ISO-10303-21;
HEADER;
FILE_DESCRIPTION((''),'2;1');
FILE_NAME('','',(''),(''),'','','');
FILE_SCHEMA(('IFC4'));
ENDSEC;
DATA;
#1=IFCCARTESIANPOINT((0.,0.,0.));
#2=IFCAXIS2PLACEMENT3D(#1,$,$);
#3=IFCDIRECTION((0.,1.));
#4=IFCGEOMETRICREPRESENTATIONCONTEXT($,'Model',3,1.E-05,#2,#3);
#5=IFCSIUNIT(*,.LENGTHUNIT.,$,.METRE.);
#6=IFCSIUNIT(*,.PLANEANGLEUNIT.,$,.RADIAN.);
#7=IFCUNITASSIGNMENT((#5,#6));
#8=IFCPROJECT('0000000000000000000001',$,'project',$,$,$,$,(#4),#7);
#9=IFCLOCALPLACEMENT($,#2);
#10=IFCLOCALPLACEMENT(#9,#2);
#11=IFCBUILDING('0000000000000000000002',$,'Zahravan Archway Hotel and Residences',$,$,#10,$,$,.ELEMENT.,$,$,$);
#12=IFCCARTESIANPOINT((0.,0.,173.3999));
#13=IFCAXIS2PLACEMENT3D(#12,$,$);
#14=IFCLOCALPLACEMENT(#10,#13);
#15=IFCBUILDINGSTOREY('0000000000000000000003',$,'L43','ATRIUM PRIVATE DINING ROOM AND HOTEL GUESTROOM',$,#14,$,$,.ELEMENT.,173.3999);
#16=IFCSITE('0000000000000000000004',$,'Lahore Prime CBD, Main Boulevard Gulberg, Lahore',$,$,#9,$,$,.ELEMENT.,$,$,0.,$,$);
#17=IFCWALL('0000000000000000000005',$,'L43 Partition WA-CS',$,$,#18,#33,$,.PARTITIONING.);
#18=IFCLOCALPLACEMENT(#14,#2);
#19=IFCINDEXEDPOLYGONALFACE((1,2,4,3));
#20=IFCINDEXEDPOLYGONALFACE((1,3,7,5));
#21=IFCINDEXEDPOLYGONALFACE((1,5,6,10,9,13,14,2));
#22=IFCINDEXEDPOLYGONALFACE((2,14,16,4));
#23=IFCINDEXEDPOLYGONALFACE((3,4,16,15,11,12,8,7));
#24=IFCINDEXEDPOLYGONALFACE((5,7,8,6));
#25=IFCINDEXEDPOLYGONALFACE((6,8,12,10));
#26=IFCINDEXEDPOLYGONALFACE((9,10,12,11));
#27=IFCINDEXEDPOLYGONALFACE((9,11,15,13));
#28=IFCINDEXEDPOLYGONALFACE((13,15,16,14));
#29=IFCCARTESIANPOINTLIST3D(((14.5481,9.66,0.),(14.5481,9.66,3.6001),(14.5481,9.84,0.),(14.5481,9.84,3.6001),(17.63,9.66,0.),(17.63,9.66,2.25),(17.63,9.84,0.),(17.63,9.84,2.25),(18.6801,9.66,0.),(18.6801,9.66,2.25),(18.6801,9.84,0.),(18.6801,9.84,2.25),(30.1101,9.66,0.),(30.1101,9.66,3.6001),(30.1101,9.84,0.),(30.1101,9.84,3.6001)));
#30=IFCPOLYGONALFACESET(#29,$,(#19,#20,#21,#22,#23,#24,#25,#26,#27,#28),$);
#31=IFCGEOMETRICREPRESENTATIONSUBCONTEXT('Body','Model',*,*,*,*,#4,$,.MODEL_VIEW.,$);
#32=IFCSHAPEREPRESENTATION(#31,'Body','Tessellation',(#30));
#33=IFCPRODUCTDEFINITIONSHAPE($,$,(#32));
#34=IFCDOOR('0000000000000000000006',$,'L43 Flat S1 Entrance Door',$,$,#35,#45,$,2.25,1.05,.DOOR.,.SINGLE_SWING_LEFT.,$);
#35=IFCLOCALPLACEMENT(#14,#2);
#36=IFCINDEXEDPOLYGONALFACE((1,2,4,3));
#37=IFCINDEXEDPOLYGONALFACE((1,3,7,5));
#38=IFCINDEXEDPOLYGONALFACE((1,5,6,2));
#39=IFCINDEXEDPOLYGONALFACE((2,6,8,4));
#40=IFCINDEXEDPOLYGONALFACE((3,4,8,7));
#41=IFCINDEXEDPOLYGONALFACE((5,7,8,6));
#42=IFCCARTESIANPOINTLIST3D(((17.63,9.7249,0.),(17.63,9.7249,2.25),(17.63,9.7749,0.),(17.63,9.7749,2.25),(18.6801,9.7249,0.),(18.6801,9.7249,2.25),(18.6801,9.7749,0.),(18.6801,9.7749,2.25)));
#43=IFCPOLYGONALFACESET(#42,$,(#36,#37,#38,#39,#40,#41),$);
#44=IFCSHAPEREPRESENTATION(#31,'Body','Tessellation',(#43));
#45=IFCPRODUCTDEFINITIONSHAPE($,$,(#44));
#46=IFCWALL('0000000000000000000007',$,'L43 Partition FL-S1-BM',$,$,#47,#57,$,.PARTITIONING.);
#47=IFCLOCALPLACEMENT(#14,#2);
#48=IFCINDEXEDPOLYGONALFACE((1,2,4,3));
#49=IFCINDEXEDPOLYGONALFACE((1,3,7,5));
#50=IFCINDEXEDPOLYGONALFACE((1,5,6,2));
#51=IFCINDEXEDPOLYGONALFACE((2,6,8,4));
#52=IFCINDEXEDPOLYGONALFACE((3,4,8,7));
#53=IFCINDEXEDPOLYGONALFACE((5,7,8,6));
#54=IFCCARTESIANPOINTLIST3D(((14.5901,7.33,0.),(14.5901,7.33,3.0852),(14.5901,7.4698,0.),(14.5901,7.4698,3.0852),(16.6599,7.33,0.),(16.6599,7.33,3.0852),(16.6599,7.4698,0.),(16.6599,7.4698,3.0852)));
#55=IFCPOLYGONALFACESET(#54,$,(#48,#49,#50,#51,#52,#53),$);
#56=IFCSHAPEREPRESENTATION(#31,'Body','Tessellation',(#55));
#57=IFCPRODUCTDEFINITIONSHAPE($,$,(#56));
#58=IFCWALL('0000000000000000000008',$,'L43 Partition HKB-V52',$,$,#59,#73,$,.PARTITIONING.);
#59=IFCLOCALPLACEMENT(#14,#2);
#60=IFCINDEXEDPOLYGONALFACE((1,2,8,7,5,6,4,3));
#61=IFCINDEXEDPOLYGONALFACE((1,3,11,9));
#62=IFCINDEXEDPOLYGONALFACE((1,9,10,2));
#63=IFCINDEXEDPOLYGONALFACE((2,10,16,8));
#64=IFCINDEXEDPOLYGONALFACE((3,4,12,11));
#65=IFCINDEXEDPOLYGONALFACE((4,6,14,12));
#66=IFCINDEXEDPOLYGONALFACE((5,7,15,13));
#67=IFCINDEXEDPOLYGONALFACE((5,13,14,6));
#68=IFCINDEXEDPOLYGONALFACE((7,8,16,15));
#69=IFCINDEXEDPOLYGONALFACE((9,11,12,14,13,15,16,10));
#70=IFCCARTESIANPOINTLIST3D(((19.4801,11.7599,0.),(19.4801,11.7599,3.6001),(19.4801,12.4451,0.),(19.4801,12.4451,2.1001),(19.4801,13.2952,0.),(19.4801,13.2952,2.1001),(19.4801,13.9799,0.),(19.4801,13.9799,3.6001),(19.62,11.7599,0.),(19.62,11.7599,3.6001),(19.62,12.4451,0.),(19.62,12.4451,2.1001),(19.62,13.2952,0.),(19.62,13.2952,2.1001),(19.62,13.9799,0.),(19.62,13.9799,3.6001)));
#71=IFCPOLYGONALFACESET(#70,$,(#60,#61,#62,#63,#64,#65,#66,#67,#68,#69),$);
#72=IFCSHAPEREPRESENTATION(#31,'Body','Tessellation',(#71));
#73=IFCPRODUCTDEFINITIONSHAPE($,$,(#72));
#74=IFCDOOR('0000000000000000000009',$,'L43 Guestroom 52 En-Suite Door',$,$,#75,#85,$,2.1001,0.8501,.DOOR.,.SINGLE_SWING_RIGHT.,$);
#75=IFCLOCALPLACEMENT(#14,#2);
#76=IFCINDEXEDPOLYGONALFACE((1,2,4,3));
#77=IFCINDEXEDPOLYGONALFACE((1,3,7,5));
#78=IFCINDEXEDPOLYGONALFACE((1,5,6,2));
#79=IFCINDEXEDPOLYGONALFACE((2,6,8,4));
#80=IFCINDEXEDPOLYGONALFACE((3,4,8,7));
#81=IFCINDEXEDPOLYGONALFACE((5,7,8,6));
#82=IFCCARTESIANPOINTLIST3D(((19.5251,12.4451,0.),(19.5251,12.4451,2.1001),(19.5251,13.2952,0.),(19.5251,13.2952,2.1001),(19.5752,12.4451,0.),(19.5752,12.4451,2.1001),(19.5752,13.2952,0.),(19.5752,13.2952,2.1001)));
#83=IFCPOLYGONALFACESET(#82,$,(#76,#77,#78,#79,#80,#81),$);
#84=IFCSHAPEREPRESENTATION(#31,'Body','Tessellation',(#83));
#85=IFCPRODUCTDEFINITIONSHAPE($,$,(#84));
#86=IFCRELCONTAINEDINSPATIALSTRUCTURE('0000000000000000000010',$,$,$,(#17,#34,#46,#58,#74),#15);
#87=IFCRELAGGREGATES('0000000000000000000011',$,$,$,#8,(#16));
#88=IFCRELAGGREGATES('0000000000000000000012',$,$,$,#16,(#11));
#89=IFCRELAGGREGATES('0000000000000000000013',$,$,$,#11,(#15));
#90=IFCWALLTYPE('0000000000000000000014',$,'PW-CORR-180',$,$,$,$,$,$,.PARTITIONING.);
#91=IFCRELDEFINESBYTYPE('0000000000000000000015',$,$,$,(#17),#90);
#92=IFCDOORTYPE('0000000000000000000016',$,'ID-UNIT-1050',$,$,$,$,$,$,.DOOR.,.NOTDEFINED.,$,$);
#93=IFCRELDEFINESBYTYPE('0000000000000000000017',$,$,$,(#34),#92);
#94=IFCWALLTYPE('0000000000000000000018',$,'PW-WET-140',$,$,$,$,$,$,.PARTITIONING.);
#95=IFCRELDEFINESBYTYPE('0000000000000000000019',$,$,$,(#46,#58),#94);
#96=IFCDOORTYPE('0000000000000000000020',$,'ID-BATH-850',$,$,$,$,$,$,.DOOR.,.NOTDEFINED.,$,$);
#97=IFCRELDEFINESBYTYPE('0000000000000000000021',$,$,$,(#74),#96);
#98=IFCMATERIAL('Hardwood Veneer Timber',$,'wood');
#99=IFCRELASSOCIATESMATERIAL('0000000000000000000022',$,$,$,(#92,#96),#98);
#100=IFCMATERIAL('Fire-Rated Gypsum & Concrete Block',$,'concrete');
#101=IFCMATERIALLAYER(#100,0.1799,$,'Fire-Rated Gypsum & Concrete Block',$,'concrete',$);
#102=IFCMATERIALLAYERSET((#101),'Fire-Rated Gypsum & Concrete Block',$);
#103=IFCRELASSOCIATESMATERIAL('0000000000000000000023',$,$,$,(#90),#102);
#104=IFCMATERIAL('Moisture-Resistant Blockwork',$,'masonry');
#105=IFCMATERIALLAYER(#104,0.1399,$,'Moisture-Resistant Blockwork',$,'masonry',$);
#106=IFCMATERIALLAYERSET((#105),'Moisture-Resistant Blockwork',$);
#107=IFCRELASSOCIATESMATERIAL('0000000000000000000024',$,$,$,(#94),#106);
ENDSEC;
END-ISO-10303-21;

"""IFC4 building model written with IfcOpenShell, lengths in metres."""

from ifc_helpers import new_model, si_unit, direction, frame, frame_2d, origin, place, context, subcontext, project, spatial, rectangle, extrude, source, transform, mapped, material, layer, layer_set, type_object, type_shapes, element, fill, save


model = new_model("IFC4")

# Units and contexts
model_context = context("Model", 3, precision=1e-05, world=origin(), true_north=direction((0.0, 1.0)))
body_context = subcontext(model_context, "Body", "Model", "MODEL_VIEW")
ifc_project = project(units=[si_unit("LENGTHUNIT", "METRE"), si_unit("PLANEANGLEUNIT", "RADIAN")], contexts=[model_context])

# Site, building, storey
site_placement = place(None, origin())
site = spatial("IfcSite", under=ifc_project, at=site_placement, Name="Lahore Prime CBD, Main Boulevard Gulberg, Lahore", CompositionType="ELEMENT", RefElevation=0.0)
building_placement = place(site_placement, origin())
building = spatial("IfcBuilding", under=site, at=building_placement, Name="Zahravan Archway Hotel and Residences", CompositionType="ELEMENT")
storey_placement = place(building_placement, frame((0.0, 0.0, 173.3999)))
storey = spatial("IfcBuildingStorey", under=building, at=storey_placement, Name="L43", Description="ATRIUM PRIVATE DINING ROOM AND HOTEL GUESTROOM", CompositionType="ELEMENT", Elevation=173.3999)

# Shared definitions
ifc_material_1 = material(Name="Fire-Rated Gypsum & Concrete Block", Category="concrete")
ifc_material_2 = material(Name="Hardwood Veneer Timber", Category="wood")
door_type_1 = type_object("IfcDoorType", Name="ID-UNIT-1050", OperationType="NOTDEFINED", PredefinedType="DOOR", material=ifc_material_2)
shared_shape_1 = source(origin(), body_context, "Body", "SweptSolid", [
    extrude(rectangle(XDim=1.05, YDim=2.25, at=frame_2d((0.5249, 1.125))), frame((0.0, 0.0249, 0.0), z_axis=(0.0, -1.0, 0.0), x_axis=(1.0, 0.0, 0.0)), (0.0, 0.0, 1.0), 0.05),
])
type_shapes(door_type_1, [shared_shape_1])

# Wall, opening, door
ifc_layer_1 = layer(ifc_material_1, 0.1799, Name="Fire-Rated Gypsum & Concrete Block", Category="concrete")
ifc_layer_set_1 = layer_set([ifc_layer_1], Name="Fire-Rated Gypsum & Concrete Block")
wall_type_1 = type_object("IfcWallType", Name="PW-CORR-180", PredefinedType="PARTITIONING", material=ifc_layer_set_1)
wall_1_placement = place(storey_placement, frame((14.5481, 9.75, 0.0), z_axis=(0.0, 0.0, 1.0), x_axis=(1.0, 0.0, 0.0)))
wall_1 = element("IfcWall", 1, at=wall_1_placement, inside=storey, type_object=wall_type_1, Name="L43 Partition WA-CS", PredefinedType="PARTITIONING", context=body_context, shape_type="SweptSolid", body=[
    extrude(rectangle(XDim=15.562, YDim=0.1799, at=frame_2d((7.781, 0.0))), origin(), (0.0, 0.0, 1.0), 3.6001),
])
opening_1_placement = place(wall_1_placement, frame((3.082, 0.0, 0.0)))
opening_1 = element("IfcOpeningElement", 2, at=opening_1_placement, cuts=wall_1, PredefinedType="OPENING", context=body_context, shape_type="SweptSolid", body=[
    extrude(rectangle(XDim=1.05, YDim=2.25, at=frame_2d((0.5249, 1.125))), frame((0.0, 0.1001, 0.0), z_axis=(0.0, -1.0, 0.0), x_axis=(1.0, 0.0, 0.0)), (0.0, 0.0, 1.0), 0.2),
])
door_1_placement = place(opening_1_placement, origin())
door_1 = element("IfcDoor", 3, at=door_1_placement, inside=storey, type_object=door_type_1, Name="L43 Flat S1 Entrance Door", OperationType="SINGLE_SWING_LEFT", OverallHeight=2.25, OverallWidth=1.05, PredefinedType="DOOR", context=body_context, shape_type="MappedRepresentation", body=[
    mapped(shared_shape_1, transform((0.0, 0.0, 0.0), scale=1.0)),
])
fill(opening_1, door_1)

# Wall
ifc_material_3 = material(Name="Moisture-Resistant Blockwork", Category="masonry")
ifc_layer_2 = layer(ifc_material_3, 0.1399, Name="Moisture-Resistant Blockwork", Category="masonry")
ifc_layer_set_2 = layer_set([ifc_layer_2], Name="Moisture-Resistant Blockwork")
wall_type_2 = type_object("IfcWallType", Name="PW-WET-140", PredefinedType="PARTITIONING", material=ifc_layer_set_2)
wall_2_placement = place(storey_placement, frame((14.5901, 7.3999, 0.0), z_axis=(0.0, 0.0, 1.0), x_axis=(1.0, 0.0, 0.0)))
element("IfcWall", 4, at=wall_2_placement, inside=storey, type_object=wall_type_2, Name="L43 Partition FL-S1-BM", PredefinedType="PARTITIONING", context=body_context, shape_type="SweptSolid", body=[
    extrude(rectangle(XDim=2.0698, YDim=0.1399, at=frame_2d((1.0349, 0.0))), origin(), (0.0, 0.0, 1.0), 3.0852),
])

# Wall, opening, door
wall_3_placement = place(storey_placement, frame((19.55, 11.76, 0.0), z_axis=(0.0, 0.0, 1.0), x_axis=(0.0, 1.0, 0.0)))
wall_3 = element("IfcWall", 5, at=wall_3_placement, inside=storey, type_object=wall_type_2, Name="L43 Partition HKB-V52", PredefinedType="PARTITIONING", context=body_context, shape_type="SweptSolid", body=[
    extrude(rectangle(XDim=2.22, YDim=0.1399, at=frame_2d((1.1099, 0.0))), origin(), (0.0, 0.0, 1.0), 3.6001),
])
opening_2_placement = place(wall_3_placement, frame((0.6851, 0.0, 0.0)))
opening_2 = element("IfcOpeningElement", 6, at=opening_2_placement, cuts=wall_3, PredefinedType="OPENING", context=body_context, shape_type="SweptSolid", body=[
    extrude(rectangle(XDim=0.8501, YDim=2.1001, at=frame_2d((0.425, 1.05))), frame((0.0, 0.0801, 0.0), z_axis=(0.0, -1.0, 0.0), x_axis=(1.0, 0.0, 0.0)), (0.0, 0.0, 1.0), 0.1599),
])
door_type_2 = type_object("IfcDoorType", Name="ID-BATH-850", OperationType="NOTDEFINED", PredefinedType="DOOR", material=ifc_material_2)
shared_shape_2 = source(origin(), body_context, "Body", "SweptSolid", [
    extrude(rectangle(XDim=0.8501, YDim=2.1001, at=frame_2d((0.425, 1.05))), frame((0.0, 0.0249, 0.0), z_axis=(0.0, -1.0, 0.0), x_axis=(1.0, 0.0, 0.0)), (0.0, 0.0, 1.0), 0.05),
])
type_shapes(door_type_2, [shared_shape_2])
door_2_placement = place(opening_2_placement, origin())
door_2 = element("IfcDoor", 7, at=door_2_placement, inside=storey, type_object=door_type_2, Name="L43 Guestroom 52 En-Suite Door", OperationType="SINGLE_SWING_RIGHT", OverallHeight=2.1001, OverallWidth=0.8501, PredefinedType="DOOR", context=body_context, shape_type="MappedRepresentation", body=[
    mapped(shared_shape_2, transform((0.0, 0.0, 0.0), scale=1.0)),
])
fill(opening_2, door_2)

save(model, "model.ifc")
